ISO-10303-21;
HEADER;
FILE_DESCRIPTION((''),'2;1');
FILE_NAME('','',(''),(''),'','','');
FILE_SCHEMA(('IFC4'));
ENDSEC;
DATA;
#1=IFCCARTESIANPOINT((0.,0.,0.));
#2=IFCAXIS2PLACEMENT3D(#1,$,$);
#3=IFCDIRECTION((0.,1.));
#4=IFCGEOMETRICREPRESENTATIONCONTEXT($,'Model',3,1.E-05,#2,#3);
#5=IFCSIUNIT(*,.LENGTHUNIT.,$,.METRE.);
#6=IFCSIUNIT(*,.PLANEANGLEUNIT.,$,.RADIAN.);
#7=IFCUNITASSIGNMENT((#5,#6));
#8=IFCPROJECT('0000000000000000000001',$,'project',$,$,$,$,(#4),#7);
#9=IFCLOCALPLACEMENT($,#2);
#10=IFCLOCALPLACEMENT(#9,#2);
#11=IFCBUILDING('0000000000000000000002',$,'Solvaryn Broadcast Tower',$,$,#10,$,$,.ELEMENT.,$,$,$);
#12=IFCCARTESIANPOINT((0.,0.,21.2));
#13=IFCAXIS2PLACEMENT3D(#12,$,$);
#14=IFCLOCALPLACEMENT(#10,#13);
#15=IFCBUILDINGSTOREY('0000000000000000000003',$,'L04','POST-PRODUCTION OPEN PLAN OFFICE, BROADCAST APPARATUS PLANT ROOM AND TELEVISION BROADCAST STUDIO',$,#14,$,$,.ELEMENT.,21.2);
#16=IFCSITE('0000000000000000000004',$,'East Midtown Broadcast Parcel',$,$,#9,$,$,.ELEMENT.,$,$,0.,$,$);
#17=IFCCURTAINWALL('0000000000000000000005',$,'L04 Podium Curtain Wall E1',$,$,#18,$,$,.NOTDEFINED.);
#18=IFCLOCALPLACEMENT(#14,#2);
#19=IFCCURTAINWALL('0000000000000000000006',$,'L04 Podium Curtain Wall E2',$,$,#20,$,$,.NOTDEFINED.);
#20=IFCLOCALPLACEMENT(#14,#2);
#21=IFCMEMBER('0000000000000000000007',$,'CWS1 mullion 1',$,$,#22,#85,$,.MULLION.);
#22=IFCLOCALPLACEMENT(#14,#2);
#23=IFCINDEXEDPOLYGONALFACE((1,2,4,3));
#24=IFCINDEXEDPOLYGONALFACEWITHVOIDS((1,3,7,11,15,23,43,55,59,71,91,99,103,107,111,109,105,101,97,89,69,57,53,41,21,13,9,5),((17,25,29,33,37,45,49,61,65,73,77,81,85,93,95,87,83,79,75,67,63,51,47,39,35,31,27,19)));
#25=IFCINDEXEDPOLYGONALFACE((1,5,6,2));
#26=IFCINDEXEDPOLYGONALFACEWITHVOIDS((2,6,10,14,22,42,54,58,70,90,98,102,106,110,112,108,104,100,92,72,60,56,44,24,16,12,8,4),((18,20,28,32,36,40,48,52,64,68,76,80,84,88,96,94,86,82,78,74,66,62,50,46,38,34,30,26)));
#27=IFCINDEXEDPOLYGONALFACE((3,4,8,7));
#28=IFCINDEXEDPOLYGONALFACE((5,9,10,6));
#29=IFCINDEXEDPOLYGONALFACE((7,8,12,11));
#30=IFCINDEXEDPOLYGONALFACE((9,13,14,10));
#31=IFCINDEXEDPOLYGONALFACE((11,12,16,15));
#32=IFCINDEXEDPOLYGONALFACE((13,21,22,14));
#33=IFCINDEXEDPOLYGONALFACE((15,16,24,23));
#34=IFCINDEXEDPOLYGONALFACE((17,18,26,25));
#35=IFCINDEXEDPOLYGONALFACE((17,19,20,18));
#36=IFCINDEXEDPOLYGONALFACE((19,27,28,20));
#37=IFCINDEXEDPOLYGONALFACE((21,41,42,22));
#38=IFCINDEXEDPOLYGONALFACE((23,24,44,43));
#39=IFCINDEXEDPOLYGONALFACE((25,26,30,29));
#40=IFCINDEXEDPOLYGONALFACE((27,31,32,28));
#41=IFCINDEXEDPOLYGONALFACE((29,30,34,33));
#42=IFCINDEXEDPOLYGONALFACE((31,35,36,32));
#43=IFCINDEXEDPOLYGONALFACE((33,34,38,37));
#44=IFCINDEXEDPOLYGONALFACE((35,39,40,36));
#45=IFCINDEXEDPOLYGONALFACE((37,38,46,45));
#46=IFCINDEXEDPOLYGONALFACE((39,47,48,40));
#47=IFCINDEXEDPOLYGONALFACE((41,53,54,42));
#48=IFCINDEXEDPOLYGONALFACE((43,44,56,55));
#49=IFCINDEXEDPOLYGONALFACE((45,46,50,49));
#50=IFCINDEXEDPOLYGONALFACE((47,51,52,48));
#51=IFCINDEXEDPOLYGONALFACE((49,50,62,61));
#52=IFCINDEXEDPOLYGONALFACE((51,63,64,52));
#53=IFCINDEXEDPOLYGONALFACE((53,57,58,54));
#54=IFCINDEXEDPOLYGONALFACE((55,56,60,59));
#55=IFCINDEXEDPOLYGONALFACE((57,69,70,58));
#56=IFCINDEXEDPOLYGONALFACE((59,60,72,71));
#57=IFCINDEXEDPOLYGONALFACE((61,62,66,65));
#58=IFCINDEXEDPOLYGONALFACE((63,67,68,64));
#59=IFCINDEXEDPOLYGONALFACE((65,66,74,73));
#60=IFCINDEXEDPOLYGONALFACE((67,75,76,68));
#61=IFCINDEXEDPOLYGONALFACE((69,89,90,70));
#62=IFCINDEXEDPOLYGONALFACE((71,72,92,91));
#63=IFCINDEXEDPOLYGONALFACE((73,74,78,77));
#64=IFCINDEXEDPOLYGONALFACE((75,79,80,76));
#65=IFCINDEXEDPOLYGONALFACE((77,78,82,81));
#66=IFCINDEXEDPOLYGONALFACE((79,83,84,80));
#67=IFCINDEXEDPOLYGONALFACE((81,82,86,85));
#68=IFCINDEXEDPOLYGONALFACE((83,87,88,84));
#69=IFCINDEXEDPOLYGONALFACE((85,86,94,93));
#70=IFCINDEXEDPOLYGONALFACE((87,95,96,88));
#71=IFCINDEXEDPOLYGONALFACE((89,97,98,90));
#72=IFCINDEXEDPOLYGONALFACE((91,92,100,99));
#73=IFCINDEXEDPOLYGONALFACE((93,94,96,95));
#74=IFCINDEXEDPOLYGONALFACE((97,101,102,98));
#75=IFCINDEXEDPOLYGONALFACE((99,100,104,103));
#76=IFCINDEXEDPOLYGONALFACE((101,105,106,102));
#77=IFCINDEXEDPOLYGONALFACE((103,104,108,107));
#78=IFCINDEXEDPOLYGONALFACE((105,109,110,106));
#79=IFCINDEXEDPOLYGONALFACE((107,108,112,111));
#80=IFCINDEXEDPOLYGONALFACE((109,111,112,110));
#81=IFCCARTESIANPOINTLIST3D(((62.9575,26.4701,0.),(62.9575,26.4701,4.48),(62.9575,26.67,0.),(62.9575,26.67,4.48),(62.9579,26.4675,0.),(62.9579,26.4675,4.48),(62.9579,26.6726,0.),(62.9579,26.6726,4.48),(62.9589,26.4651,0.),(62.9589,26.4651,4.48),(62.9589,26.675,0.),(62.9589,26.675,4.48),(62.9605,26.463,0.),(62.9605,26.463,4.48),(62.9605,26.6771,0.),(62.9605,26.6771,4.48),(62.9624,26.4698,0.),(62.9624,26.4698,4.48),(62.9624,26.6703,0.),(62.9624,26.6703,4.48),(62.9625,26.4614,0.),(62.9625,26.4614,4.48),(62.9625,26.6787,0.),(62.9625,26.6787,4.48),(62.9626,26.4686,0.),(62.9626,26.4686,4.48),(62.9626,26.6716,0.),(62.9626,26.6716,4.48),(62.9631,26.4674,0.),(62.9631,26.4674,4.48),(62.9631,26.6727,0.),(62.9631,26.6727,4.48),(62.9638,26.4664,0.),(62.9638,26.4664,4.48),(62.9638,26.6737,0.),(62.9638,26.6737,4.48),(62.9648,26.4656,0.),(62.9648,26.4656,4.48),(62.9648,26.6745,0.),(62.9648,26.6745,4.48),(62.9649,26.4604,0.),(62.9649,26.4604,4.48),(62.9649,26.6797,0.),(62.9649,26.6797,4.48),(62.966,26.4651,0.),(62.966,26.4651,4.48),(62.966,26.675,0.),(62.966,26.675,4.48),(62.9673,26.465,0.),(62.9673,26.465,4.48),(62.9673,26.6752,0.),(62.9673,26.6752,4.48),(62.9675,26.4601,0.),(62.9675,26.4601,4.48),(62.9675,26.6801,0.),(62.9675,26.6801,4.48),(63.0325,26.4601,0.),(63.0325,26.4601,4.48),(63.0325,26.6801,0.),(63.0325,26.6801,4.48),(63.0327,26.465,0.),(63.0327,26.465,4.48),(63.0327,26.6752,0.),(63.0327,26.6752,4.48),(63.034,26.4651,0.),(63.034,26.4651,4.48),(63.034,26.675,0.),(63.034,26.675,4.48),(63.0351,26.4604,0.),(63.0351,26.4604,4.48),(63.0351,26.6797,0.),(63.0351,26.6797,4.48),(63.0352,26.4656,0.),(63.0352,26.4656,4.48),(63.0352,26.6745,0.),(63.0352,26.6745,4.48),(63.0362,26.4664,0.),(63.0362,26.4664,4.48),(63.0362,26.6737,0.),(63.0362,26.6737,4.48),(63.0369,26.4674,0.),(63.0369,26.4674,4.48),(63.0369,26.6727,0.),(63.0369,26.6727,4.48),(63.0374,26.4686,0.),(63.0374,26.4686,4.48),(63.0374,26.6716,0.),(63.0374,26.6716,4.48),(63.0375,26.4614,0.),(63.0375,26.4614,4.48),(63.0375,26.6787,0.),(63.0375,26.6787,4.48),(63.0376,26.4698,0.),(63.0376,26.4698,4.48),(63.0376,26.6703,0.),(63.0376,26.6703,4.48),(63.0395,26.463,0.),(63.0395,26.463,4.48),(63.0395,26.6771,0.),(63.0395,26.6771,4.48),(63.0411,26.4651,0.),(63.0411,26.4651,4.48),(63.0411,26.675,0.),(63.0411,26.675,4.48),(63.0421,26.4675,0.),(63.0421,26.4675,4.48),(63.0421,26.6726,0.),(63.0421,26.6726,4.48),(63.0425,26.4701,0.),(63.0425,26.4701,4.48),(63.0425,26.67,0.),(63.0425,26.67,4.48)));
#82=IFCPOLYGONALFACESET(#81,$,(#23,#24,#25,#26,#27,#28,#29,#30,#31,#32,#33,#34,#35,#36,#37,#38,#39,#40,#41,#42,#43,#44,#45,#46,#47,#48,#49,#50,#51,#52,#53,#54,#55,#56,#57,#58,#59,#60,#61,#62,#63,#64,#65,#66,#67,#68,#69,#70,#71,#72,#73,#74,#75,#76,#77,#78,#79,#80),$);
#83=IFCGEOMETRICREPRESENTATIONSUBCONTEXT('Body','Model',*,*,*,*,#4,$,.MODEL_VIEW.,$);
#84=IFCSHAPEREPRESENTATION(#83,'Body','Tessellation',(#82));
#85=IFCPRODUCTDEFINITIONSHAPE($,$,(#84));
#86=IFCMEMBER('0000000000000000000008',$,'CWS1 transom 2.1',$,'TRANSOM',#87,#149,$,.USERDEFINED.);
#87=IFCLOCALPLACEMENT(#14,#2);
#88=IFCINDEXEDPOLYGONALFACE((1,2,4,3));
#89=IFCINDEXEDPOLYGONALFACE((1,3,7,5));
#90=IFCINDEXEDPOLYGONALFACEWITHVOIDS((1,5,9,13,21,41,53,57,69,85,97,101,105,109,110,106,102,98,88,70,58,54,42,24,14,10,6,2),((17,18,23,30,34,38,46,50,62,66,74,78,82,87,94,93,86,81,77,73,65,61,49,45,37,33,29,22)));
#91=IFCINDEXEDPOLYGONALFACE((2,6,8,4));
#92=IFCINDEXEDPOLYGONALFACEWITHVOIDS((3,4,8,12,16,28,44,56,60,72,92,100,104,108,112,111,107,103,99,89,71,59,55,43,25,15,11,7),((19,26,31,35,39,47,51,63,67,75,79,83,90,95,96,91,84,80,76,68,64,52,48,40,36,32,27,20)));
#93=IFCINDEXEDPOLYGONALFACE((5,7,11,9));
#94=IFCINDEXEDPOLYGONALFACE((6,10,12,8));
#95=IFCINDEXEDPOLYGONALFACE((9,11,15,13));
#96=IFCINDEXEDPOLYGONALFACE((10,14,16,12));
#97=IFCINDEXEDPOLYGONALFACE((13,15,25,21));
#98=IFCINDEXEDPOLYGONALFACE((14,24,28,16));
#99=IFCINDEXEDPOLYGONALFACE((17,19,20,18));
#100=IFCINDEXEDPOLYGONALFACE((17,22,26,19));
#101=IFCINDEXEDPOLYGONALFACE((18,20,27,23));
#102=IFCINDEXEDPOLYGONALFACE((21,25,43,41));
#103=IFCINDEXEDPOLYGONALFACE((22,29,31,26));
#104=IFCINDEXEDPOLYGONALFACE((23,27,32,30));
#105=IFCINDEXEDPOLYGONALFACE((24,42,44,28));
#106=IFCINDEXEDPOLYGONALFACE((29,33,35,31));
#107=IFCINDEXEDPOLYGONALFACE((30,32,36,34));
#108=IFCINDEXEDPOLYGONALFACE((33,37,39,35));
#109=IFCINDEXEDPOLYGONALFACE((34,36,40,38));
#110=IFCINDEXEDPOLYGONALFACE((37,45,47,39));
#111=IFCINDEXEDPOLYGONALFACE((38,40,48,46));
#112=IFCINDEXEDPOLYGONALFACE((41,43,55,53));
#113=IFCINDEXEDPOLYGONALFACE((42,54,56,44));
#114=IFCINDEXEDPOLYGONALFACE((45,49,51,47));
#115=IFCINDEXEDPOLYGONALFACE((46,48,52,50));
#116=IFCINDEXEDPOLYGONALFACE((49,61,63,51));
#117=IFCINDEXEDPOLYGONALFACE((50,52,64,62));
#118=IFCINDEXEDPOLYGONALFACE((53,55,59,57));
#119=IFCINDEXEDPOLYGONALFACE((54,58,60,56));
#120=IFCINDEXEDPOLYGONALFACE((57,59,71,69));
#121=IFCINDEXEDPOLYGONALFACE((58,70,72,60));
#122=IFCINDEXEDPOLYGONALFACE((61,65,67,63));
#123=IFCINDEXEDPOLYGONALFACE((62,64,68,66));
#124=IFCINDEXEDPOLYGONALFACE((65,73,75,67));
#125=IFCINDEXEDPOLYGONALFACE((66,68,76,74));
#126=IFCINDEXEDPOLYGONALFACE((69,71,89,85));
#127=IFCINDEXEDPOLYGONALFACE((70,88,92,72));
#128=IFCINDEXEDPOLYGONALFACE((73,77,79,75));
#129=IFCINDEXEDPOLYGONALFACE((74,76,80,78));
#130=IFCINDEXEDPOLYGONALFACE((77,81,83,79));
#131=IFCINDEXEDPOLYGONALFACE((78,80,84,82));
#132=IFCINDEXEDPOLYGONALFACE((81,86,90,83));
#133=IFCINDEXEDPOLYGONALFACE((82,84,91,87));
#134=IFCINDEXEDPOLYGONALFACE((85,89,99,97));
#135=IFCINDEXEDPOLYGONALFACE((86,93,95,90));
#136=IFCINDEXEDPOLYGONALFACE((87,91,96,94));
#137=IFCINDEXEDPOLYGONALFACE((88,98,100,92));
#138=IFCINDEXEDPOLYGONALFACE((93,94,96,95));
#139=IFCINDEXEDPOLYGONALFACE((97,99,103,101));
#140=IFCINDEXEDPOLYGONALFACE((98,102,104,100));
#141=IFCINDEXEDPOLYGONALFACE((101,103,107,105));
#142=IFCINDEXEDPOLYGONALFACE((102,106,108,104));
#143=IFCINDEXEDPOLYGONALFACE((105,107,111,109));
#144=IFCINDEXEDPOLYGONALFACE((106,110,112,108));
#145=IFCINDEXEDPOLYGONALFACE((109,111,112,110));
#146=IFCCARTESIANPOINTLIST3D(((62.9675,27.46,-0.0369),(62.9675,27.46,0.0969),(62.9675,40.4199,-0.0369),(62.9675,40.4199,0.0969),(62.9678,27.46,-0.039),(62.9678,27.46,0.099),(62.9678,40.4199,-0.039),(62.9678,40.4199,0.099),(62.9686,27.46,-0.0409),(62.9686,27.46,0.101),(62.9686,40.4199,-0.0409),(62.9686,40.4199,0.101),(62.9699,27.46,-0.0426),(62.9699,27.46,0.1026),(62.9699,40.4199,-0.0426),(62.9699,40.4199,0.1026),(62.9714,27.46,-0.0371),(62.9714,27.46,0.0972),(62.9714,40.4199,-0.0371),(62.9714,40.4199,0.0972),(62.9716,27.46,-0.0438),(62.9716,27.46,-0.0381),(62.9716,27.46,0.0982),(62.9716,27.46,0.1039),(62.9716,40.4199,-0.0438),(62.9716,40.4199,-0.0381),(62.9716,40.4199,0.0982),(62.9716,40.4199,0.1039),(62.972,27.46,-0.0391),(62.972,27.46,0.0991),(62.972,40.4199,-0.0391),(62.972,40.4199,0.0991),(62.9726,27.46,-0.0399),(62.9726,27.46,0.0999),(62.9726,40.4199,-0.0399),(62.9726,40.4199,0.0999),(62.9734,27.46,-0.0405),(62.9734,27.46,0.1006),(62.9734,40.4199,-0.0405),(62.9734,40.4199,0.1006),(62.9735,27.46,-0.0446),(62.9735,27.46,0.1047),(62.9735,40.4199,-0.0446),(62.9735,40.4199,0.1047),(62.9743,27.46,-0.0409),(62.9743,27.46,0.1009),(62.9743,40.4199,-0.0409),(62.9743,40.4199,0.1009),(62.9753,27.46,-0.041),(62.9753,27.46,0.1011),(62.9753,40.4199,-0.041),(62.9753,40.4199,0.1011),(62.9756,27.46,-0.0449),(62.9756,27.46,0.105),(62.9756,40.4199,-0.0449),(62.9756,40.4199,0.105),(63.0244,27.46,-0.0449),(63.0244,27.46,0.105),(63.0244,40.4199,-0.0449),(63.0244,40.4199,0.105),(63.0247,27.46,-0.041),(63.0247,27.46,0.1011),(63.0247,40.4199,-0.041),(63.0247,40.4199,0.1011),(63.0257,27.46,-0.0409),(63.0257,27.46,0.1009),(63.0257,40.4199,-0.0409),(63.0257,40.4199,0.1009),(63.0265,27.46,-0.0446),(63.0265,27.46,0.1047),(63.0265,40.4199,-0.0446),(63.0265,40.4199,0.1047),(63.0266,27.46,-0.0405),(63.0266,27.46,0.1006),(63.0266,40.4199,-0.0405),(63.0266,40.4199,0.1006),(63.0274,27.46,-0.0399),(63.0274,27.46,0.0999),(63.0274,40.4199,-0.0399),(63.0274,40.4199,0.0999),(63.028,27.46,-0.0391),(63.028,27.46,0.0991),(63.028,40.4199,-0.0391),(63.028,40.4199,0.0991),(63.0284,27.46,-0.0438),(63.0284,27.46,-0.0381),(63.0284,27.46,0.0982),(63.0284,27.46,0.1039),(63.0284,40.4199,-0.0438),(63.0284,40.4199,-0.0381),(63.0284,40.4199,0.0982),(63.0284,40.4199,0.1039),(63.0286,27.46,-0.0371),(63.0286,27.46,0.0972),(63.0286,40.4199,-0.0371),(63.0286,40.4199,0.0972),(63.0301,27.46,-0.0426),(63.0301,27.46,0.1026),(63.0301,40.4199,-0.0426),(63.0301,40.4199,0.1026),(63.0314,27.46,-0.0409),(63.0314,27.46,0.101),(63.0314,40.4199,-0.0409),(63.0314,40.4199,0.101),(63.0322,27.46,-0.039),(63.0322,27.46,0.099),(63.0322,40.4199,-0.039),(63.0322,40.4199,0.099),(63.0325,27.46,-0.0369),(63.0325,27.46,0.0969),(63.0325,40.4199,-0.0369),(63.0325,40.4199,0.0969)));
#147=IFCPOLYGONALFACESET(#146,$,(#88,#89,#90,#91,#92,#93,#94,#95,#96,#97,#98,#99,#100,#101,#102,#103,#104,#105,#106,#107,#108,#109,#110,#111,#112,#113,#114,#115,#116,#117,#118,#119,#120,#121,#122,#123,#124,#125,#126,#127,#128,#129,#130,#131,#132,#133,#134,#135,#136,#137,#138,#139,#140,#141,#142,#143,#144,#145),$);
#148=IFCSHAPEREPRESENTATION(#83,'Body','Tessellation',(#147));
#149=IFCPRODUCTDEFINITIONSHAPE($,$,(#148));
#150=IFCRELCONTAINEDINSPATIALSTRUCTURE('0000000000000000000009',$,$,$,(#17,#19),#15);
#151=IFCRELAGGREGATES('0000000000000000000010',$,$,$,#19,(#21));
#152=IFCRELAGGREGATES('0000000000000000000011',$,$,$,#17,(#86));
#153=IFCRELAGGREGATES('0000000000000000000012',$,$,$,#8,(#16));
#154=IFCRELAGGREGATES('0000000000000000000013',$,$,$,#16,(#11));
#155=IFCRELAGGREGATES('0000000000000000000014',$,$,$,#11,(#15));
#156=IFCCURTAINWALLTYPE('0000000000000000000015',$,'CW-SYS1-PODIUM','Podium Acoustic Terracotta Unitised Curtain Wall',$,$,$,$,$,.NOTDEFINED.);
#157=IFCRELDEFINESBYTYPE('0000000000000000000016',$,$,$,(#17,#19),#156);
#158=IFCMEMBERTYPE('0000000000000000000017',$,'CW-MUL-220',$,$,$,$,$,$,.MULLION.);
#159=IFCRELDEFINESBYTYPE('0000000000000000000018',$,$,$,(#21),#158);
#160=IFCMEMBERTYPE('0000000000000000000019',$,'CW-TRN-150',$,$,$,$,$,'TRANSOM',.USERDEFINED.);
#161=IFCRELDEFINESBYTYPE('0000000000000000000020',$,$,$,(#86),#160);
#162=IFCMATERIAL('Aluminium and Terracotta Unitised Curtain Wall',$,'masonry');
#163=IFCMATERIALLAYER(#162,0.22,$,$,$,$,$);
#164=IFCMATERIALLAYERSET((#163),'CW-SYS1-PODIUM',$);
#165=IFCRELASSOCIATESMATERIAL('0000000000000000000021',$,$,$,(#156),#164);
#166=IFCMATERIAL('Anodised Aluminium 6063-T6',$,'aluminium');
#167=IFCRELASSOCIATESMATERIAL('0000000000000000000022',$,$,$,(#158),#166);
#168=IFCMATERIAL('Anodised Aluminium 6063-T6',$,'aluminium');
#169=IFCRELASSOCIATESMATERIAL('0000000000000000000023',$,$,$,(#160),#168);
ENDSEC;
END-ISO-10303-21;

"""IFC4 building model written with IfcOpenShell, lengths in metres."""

from ifc_helpers import new_model, si_unit, direction, frame, origin, origin_2d, place, context, subcontext, project, spatial, hollow_rectangle, extrude, material, layer, layer_set, material_profile, profile_set, type_object, element, aggregate, save


model = new_model("IFC4")

# Units and contexts
model_context = context("Model", 3, precision=1e-05, world=origin(), true_north=direction((0.0, 1.0)))
body_context = subcontext(model_context, "Body", "Model", "MODEL_VIEW")
ifc_project = project(units=[si_unit("LENGTHUNIT", "METRE"), si_unit("PLANEANGLEUNIT", "RADIAN")], contexts=[model_context])

# Site, building, storey
site_placement = place(None, origin())
site = spatial("IfcSite", under=ifc_project, at=site_placement, Name="East Midtown Broadcast Parcel", CompositionType="ELEMENT", RefElevation=0.0)
building_placement = place(site_placement, origin())
building = spatial("IfcBuilding", under=site, at=building_placement, Name="Solvaryn Broadcast Tower", CompositionType="ELEMENT")
storey_placement = place(building_placement, frame((0.0, 0.0, 21.2)))
storey = spatial("IfcBuildingStorey", under=building, at=storey_placement, Name="L04", Description="POST-PRODUCTION OPEN PLAN OFFICE, BROADCAST APPARATUS PLANT ROOM AND TELEVISION BROADCAST STUDIO", CompositionType="ELEMENT", Elevation=21.2)

# Curtain wall
ifc_material_1 = material(Name="Aluminium and Terracotta Unitised Curtain Wall", Category="masonry")
ifc_layer_1 = layer(ifc_material_1, 0.22)
ifc_layer_set_1 = layer_set([ifc_layer_1], Name="CW-SYS1-PODIUM")
curtain_wall_type = type_object("IfcCurtainWallType", Name="CW-SYS1-PODIUM", Description="Podium Acoustic Terracotta Unitised Curtain Wall", PredefinedType="NOTDEFINED", material=ifc_layer_set_1)
curtain_wall_1_placement = place(storey_placement, origin())
curtain_wall_1 = element("IfcCurtainWall", 1, at=curtain_wall_1_placement, inside=storey, type_object=curtain_wall_type, Name="L04 Podium Curtain Wall E1", PredefinedType="NOTDEFINED")
ifc_material_2 = material(Name="Anodised Aluminium 6063-T6", Category="aluminium")
ifc_material_profile_1 = material_profile(ifc_material_2, hollow_rectangle(XDim=0.085, YDim=0.22, WallThickness=0.0049, InnerFilletRadius=0.0049, OuterFilletRadius=0.01, at=origin_2d()))
ifc_profile_set_1 = profile_set([ifc_material_profile_1], Name="Anodised Aluminium 6063-T6")
member_type_1 = type_object("IfcMemberType", Name="CW-MUL-220", PredefinedType="MULLION", material=ifc_profile_set_1)

# Curtain wall, member
curtain_wall_2_placement = place(storey_placement, origin())
curtain_wall_2 = element("IfcCurtainWall", 2, at=curtain_wall_2_placement, inside=storey, type_object=curtain_wall_type, Name="L04 Podium Curtain Wall E2", PredefinedType="NOTDEFINED")
member_1_placement = place(storey_placement, frame((63.0, 26.5701, 0.0), z_axis=(0.0, 0.0, 1.0), x_axis=(1.0, 0.0, 0.0)))
member_1 = element("IfcMember", 3, at=member_1_placement, type_object=member_type_1, Name="CWS1 mullion 1", PredefinedType="MULLION", context=body_context, shape_type="SweptSolid", body=[
    extrude(hollow_rectangle(XDim=0.085, YDim=0.22, WallThickness=0.0049, InnerFilletRadius=0.0049, OuterFilletRadius=0.01, at=origin_2d()), origin(), (0.0, 0.0, 1.0), 4.48),
])

# Member
ifc_material_3 = material(Name="Anodised Aluminium 6063-T6", Category="aluminium")
ifc_material_profile_2 = material_profile(ifc_material_3, hollow_rectangle(XDim=0.0649, YDim=0.1499, WallThickness=0.0039, InnerFilletRadius=0.0039, OuterFilletRadius=0.0081, at=origin_2d()))
ifc_profile_set_2 = profile_set([ifc_material_profile_2], Name="Anodised Aluminium 6063-T6")
member_type_2 = type_object("IfcMemberType", Name="CW-TRN-150", ElementType="TRANSOM", PredefinedType="USERDEFINED", material=ifc_profile_set_2)
member_2_placement = place(storey_placement, frame((63.0, 40.4199, 0.03), z_axis=(0.0, -1.0, 0.0), x_axis=(1.0, 0.0, 0.0)))
member_2 = element("IfcMember", 4, at=member_2_placement, type_object=member_type_2, Name="CWS1 transom 2.1", ObjectType="TRANSOM", PredefinedType="USERDEFINED", context=body_context, shape_type="SweptSolid", body=[
    extrude(hollow_rectangle(XDim=0.0649, YDim=0.1499, WallThickness=0.0039, InnerFilletRadius=0.0039, OuterFilletRadius=0.0081, at=origin_2d()), origin(), (0.0, 0.0, 1.0), 12.96),
])
aggregate(curtain_wall_2, [member_1])

aggregate(curtain_wall_1, [member_2])

save(model, "model.ifc")
